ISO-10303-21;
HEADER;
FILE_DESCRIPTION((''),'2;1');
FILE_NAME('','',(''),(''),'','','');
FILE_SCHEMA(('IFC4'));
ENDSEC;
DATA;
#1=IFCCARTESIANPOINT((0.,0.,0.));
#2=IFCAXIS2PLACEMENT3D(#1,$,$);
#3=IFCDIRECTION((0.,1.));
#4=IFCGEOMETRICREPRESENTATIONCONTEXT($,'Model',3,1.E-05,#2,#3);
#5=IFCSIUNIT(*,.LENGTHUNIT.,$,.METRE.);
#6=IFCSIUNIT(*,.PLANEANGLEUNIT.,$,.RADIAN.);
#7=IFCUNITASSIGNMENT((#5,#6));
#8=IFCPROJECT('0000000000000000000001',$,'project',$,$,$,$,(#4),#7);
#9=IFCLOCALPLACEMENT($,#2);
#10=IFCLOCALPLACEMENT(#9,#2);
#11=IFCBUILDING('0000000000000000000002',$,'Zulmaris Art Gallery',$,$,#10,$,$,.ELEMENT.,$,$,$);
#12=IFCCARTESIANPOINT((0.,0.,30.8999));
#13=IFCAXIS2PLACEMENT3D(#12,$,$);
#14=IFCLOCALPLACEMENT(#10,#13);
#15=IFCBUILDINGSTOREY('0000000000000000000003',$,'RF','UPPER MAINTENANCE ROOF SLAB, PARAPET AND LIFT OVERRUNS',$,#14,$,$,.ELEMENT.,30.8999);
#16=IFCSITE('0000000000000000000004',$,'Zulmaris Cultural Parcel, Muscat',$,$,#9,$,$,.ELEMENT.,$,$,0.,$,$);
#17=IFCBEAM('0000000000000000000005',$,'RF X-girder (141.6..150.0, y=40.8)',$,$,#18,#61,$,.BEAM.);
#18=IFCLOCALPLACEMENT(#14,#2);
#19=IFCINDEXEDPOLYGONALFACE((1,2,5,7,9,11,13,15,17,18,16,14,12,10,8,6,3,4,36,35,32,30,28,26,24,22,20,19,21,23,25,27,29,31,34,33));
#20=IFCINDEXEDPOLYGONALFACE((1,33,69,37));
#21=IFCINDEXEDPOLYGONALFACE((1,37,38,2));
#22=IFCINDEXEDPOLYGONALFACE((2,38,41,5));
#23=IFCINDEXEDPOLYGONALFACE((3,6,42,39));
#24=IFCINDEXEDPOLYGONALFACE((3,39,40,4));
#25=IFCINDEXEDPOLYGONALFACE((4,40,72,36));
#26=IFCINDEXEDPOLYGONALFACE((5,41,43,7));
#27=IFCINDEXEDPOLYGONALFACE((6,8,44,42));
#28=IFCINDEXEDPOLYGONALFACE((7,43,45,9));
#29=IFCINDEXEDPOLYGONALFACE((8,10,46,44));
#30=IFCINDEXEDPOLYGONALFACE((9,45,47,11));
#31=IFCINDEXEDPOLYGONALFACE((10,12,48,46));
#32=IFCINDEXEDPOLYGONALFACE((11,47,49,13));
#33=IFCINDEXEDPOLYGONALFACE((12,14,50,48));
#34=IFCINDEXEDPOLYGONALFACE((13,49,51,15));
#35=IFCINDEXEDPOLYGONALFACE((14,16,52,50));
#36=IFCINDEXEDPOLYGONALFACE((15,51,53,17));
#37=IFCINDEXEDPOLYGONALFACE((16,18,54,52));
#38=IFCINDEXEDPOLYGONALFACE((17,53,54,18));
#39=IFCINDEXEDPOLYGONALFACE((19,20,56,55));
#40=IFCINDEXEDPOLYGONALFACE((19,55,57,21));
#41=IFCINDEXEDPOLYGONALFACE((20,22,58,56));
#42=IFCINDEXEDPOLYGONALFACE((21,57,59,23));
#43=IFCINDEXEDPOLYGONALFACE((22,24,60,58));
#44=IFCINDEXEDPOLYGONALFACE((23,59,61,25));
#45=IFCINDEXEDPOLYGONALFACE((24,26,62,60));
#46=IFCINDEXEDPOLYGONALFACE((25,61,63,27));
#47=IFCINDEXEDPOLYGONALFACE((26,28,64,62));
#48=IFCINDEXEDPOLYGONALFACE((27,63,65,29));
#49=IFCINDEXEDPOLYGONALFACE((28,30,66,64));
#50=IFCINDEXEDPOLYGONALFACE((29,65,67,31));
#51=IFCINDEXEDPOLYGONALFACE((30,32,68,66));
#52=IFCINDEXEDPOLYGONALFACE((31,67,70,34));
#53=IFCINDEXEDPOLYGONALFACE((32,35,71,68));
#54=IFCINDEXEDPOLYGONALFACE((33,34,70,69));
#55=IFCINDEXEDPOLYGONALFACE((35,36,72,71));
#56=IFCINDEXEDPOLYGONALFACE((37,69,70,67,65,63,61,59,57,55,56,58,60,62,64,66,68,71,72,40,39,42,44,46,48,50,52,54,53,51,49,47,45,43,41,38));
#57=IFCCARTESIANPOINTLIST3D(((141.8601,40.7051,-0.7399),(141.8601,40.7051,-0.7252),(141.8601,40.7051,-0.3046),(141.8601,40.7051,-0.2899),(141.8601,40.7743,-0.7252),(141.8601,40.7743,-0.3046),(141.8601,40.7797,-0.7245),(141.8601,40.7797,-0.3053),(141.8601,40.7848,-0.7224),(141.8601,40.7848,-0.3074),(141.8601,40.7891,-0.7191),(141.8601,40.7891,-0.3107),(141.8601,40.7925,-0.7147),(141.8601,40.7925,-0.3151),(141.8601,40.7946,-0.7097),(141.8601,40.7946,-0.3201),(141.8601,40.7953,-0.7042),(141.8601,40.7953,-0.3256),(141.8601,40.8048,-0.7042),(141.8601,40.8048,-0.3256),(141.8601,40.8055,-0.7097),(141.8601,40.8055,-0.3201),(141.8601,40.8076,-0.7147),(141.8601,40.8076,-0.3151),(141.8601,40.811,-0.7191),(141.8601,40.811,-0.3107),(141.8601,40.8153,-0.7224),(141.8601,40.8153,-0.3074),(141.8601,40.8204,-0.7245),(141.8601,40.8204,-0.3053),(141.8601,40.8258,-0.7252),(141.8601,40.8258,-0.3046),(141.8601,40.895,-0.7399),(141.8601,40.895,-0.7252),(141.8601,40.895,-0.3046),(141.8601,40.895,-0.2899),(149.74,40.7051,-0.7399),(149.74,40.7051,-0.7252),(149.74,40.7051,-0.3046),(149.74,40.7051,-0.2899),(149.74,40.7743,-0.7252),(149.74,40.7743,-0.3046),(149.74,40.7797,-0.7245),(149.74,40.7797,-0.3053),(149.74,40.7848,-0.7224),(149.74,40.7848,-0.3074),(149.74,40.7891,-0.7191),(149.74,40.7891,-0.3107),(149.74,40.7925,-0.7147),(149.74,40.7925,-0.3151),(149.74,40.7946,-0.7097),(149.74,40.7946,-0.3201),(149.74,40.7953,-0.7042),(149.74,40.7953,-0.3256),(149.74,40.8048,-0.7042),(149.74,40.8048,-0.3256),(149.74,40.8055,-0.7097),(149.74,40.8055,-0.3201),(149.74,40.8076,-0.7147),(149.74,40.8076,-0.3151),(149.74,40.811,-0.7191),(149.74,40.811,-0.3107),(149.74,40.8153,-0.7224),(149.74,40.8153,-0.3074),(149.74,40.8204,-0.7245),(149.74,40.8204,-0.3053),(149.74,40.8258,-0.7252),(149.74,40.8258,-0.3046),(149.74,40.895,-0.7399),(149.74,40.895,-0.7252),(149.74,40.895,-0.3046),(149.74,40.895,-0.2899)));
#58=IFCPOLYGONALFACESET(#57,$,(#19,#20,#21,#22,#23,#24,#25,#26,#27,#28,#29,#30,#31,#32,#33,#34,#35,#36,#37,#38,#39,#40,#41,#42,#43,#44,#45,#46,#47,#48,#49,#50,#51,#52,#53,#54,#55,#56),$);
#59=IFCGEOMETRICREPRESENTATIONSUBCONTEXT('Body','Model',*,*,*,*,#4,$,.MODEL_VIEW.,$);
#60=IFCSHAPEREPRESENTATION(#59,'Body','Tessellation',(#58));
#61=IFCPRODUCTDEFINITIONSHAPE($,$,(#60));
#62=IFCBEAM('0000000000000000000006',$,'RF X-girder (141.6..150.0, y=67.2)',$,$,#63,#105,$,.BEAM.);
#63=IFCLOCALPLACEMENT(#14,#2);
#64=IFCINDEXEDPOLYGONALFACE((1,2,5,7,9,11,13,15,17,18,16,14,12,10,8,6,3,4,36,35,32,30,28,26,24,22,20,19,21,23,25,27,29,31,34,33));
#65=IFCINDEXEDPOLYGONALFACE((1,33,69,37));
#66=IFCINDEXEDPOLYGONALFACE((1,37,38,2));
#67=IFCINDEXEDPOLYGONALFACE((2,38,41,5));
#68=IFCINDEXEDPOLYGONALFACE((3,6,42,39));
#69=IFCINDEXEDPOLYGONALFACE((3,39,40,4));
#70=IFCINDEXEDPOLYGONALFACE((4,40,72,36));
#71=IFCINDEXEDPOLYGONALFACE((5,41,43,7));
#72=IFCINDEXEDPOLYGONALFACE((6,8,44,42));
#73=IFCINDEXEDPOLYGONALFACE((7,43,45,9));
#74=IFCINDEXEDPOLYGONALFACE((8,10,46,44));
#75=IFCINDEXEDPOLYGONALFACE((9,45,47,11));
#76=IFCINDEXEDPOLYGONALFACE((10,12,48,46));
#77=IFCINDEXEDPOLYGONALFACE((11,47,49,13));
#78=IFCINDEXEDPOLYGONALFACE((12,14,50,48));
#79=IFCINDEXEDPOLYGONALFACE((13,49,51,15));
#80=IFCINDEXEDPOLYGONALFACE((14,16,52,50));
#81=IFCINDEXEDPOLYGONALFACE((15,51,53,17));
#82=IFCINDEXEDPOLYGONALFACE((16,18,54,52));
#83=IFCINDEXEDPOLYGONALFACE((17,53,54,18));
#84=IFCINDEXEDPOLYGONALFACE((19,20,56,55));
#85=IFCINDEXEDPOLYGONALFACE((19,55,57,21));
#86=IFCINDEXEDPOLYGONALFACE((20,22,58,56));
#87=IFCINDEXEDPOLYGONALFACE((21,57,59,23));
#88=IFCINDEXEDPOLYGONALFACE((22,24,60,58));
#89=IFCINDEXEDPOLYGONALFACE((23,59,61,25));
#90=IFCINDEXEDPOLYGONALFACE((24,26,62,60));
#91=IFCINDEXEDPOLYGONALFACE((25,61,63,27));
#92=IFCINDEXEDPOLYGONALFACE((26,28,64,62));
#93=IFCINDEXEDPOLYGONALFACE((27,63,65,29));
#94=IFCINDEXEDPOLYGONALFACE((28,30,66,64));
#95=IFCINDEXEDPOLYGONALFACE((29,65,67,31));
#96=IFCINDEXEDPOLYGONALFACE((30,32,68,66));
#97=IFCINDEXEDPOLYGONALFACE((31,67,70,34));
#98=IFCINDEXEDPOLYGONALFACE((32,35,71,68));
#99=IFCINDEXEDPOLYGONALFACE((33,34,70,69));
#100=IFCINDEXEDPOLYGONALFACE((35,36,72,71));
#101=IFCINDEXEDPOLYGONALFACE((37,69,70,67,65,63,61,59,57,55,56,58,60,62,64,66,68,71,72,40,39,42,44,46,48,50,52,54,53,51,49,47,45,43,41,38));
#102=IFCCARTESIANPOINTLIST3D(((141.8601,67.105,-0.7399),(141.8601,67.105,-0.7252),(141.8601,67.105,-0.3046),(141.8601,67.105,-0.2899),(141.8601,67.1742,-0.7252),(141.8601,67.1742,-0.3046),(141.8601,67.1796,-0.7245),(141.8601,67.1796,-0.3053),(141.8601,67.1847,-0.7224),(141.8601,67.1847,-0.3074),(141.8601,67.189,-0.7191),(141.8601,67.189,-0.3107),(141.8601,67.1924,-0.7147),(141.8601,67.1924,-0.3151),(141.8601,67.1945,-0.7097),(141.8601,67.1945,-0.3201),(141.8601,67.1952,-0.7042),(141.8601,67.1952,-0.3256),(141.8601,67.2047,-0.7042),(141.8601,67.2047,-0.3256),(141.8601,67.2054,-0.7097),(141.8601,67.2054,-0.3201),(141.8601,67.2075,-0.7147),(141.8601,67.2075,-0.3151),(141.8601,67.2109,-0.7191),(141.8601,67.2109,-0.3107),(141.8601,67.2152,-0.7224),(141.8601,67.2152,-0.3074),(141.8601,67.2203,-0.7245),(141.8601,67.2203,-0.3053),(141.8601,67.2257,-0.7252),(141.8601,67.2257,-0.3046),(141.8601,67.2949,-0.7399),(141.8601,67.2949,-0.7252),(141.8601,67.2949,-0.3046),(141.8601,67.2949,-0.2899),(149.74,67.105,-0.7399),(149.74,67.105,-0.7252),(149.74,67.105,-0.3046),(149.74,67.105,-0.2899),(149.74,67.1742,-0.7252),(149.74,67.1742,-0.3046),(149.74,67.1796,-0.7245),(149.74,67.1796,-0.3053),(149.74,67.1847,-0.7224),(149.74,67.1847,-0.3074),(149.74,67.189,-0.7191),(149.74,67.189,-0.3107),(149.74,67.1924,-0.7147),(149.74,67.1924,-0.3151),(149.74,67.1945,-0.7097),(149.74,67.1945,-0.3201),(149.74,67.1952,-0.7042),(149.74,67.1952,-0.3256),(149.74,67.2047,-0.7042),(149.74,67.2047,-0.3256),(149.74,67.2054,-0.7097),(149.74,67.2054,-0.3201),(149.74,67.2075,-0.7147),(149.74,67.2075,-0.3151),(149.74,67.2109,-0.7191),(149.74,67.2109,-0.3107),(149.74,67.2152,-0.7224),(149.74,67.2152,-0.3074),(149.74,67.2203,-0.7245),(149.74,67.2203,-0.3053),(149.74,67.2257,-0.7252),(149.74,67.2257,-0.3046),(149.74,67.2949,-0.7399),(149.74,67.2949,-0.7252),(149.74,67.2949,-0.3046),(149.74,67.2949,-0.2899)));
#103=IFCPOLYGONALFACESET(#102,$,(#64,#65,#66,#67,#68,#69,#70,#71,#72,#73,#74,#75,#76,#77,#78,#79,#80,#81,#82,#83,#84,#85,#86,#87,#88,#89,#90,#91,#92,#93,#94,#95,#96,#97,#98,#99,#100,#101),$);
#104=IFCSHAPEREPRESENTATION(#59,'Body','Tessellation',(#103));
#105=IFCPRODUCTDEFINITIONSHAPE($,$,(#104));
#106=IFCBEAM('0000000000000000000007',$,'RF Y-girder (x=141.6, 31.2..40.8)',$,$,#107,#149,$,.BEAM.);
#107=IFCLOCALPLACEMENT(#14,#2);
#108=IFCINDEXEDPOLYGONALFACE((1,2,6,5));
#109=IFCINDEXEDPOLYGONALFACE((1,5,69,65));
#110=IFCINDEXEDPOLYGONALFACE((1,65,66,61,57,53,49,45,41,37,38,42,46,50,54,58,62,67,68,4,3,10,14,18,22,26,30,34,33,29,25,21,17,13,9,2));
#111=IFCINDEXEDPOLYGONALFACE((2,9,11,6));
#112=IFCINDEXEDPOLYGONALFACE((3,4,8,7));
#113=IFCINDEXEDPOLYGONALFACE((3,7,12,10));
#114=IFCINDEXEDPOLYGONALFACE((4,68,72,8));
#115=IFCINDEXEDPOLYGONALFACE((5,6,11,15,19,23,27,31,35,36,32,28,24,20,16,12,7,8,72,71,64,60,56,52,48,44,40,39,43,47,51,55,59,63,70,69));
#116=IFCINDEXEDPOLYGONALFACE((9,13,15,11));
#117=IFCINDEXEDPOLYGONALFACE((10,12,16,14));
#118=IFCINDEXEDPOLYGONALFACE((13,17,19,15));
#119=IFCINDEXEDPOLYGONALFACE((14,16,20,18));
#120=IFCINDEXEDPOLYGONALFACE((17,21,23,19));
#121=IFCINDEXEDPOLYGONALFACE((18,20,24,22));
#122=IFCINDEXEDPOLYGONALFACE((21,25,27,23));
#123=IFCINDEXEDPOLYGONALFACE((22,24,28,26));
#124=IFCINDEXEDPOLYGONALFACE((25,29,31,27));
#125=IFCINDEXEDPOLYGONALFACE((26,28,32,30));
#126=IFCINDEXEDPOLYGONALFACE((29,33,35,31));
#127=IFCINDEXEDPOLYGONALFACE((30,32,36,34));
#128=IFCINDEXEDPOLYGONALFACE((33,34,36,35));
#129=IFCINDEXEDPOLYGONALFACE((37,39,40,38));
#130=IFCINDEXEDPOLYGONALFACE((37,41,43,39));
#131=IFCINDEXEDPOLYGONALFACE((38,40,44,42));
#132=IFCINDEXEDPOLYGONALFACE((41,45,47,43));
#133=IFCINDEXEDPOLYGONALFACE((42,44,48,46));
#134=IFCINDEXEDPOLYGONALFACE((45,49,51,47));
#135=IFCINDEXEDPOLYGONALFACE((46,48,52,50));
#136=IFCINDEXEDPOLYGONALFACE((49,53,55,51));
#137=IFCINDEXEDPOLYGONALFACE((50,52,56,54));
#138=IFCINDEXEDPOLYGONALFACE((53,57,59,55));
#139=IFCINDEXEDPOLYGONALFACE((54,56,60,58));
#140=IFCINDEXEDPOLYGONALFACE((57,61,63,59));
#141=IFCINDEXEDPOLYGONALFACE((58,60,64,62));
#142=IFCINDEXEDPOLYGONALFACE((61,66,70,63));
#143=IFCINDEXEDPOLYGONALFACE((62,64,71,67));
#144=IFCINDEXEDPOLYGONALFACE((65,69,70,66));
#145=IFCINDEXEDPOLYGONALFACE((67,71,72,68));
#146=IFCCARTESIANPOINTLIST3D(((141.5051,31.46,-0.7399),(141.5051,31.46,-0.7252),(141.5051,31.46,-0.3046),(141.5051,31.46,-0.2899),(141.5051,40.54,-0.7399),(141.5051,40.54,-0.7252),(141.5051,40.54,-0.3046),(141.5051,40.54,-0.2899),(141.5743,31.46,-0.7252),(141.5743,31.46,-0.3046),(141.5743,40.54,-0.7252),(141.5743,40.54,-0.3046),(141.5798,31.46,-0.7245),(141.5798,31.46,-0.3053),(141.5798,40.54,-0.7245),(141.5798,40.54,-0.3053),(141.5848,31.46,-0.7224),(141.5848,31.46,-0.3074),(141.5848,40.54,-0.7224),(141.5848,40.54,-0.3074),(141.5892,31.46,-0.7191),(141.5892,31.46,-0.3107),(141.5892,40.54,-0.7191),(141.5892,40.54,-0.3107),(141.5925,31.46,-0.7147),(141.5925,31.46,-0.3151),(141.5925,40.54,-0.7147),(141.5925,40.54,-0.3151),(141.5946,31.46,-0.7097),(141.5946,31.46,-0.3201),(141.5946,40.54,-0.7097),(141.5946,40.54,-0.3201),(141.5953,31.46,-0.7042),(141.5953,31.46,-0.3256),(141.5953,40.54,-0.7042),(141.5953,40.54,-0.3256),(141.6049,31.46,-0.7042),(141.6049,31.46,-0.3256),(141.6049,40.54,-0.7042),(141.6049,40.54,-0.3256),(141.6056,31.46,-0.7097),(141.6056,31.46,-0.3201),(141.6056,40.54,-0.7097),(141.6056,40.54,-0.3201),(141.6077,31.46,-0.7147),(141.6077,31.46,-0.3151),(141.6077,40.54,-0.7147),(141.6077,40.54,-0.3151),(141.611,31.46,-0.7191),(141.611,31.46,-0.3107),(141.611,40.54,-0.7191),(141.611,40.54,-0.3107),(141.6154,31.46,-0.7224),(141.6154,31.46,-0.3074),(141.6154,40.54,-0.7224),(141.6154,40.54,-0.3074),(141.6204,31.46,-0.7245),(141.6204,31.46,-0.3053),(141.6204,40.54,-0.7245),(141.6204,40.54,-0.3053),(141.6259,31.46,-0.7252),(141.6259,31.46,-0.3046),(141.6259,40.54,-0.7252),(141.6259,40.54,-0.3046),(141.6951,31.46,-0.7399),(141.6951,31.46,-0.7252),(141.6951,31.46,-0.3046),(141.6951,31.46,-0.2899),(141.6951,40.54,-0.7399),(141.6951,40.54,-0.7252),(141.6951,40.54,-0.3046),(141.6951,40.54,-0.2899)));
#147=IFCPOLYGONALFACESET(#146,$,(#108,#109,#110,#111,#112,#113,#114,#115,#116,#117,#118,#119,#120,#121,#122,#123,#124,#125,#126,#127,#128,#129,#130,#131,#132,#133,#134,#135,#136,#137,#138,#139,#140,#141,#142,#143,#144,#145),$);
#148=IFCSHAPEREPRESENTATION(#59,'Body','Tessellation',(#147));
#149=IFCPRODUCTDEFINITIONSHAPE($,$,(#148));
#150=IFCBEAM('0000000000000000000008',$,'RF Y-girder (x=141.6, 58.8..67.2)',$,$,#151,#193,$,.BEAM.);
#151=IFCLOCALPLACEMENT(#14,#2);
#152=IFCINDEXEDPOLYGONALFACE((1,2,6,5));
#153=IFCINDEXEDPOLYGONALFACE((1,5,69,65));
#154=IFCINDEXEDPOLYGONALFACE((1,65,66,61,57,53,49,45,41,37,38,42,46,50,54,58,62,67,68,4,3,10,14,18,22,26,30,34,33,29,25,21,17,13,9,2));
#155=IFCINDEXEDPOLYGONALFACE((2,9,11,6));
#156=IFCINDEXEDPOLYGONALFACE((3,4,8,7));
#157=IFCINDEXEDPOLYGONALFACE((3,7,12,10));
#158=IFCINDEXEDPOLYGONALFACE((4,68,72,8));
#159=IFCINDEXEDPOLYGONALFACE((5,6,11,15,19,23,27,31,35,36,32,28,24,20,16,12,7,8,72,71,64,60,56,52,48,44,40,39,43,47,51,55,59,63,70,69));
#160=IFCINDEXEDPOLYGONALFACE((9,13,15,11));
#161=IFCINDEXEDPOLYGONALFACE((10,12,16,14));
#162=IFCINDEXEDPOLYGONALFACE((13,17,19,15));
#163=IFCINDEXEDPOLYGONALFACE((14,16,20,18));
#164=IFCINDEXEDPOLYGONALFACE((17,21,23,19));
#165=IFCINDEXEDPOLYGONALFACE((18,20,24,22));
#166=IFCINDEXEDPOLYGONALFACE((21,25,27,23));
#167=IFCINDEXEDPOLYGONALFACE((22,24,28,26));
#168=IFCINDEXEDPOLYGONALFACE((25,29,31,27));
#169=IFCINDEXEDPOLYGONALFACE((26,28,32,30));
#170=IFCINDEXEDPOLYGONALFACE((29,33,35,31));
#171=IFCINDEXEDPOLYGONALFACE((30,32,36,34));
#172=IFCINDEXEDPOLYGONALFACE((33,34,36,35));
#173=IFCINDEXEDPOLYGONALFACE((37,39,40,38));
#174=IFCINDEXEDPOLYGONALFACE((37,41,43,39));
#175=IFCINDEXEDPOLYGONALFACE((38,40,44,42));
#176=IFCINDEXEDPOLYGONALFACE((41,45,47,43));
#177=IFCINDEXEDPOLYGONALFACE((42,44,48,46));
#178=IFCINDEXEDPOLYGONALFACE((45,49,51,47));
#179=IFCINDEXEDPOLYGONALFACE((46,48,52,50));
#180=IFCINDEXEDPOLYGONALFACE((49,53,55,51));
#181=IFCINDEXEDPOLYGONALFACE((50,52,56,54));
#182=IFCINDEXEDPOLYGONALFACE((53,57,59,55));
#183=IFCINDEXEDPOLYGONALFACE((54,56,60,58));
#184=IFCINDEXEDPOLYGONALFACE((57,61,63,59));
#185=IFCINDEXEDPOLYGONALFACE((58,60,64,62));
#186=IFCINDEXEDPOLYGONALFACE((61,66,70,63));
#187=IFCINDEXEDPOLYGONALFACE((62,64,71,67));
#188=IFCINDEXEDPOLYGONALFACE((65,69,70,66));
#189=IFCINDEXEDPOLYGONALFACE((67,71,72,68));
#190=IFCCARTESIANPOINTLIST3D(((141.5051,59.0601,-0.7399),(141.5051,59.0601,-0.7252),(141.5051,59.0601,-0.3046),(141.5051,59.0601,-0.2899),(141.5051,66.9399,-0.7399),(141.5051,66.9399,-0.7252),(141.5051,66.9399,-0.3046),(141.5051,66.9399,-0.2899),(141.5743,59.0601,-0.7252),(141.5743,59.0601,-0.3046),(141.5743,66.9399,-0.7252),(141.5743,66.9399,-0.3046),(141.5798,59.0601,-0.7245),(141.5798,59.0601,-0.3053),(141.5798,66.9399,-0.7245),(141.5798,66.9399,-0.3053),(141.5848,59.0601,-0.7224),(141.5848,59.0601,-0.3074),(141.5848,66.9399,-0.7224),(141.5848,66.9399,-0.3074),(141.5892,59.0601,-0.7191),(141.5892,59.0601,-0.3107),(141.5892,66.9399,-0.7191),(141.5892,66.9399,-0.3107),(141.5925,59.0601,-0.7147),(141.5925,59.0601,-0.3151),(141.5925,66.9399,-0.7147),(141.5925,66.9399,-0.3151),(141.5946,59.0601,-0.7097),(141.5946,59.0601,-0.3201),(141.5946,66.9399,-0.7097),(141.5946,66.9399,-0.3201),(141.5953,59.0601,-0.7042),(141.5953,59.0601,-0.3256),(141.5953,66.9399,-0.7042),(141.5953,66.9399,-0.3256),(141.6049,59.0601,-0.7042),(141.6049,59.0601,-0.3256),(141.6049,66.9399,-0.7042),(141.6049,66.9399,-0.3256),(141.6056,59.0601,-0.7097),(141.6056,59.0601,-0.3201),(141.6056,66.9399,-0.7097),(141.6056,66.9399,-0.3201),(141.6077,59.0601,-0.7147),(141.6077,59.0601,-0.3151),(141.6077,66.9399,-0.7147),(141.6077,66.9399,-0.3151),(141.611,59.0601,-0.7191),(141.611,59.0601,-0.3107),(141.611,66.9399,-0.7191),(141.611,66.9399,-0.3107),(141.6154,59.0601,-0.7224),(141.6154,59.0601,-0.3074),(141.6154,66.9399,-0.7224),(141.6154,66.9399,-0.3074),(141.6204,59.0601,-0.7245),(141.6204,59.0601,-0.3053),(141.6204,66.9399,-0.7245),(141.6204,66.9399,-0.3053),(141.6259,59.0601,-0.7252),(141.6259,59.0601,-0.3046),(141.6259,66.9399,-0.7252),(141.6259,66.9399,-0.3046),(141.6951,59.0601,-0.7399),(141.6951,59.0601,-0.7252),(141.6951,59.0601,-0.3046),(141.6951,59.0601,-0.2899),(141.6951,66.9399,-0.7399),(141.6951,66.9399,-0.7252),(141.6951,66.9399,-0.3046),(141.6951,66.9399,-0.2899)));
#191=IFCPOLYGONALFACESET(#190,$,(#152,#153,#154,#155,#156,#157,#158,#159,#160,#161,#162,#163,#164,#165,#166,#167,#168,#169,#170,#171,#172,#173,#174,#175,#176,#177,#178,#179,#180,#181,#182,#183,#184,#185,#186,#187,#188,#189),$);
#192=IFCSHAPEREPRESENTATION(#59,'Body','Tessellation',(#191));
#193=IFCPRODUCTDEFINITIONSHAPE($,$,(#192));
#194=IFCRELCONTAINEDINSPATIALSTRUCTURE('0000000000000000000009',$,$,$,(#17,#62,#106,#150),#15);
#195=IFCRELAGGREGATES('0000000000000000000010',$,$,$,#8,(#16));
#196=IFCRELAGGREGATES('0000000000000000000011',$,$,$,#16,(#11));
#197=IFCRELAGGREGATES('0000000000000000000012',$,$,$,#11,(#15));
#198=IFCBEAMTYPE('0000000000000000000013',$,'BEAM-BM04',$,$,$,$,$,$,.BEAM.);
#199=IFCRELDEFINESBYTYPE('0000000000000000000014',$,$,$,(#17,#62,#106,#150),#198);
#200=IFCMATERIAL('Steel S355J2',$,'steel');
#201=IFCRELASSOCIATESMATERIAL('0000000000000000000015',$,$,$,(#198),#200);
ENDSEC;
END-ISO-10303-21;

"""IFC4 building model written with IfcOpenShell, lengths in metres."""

from ifc_helpers import new_model, si_unit, direction, frame, origin, origin_2d, place, context, subcontext, project, spatial, i_section, extrude, material, material_profile, profile_set, type_object, element, save


model = new_model("IFC4")

# Units and contexts
model_context = context("Model", 3, precision=1e-05, world=origin(), true_north=direction((0.0, 1.0)))
body_context = subcontext(model_context, "Body", "Model", "MODEL_VIEW")
ifc_project = project(units=[si_unit("LENGTHUNIT", "METRE"), si_unit("PLANEANGLEUNIT", "RADIAN")], contexts=[model_context])

# Site, building, storey
site_placement = place(None, origin())
site = spatial("IfcSite", under=ifc_project, at=site_placement, Name="Zulmaris Cultural Parcel, Muscat", CompositionType="ELEMENT", RefElevation=0.0)
building_placement = place(site_placement, origin())
building = spatial("IfcBuilding", under=site, at=building_placement, Name="Zulmaris Art Gallery", CompositionType="ELEMENT")
storey_placement = place(building_placement, frame((0.0, 0.0, 30.8999)))
storey = spatial("IfcBuildingStorey", under=building, at=storey_placement, Name="RF", Description="UPPER MAINTENANCE ROOF SLAB, PARAPET AND LIFT OVERRUNS", CompositionType="ELEMENT", Elevation=30.8999)

# Beams
ifc_material_1 = material(Name="Steel S355J2", Category="steel")
ifc_material_profile_1 = material_profile(ifc_material_1, i_section(OverallWidth=0.1899, OverallDepth=0.45, WebThickness=0.0095, FlangeThickness=0.0146, FilletRadius=0.021, at=origin_2d()), Name="IPE 450")
ifc_profile_set_1 = profile_set([ifc_material_profile_1], Name="Steel S355J2")
beam_type_1 = type_object("IfcBeamType", Name="BEAM-BM04", PredefinedType="BEAM", material=ifc_profile_set_1)
for number, where, z_axis, x_axis, name in (
    (1, (141.8601, 40.8, -0.5149), (1.0, 0.0, 0.0), (0.0, 1.0, 0.0), "RF X-girder (141.6..150.0, y=40.8)"),
    (2, (141.8601, 67.2, -0.5149), (1.0, 0.0, 0.0), (0.0, 1.0, 0.0), "RF X-girder (141.6..150.0, y=67.2)"),
):
    element("IfcBeam", number, at=place(storey_placement, frame(where, z_axis=z_axis, x_axis=x_axis)), inside=storey, type_object=beam_type_1, Name=name, PredefinedType="BEAM", context=body_context, shape_type="SweptSolid", body=[
        extrude(i_section(OverallWidth=0.1899, OverallDepth=0.45, WebThickness=0.0095, FlangeThickness=0.0146, FilletRadius=0.021, at=origin_2d()), origin(), (0.0, 0.0, 1.0), 7.8799),
    ])
beam_1_placement = place(storey_placement, frame((141.6001, 31.46, -0.5149), z_axis=(0.0, 1.0, 0.0), x_axis=(-1.0, 0.0, 0.0)))
element("IfcBeam", 3, at=beam_1_placement, inside=storey, type_object=beam_type_1, Name="RF Y-girder (x=141.6, 31.2..40.8)", PredefinedType="BEAM", context=body_context, shape_type="SweptSolid", body=[
    extrude(i_section(OverallWidth=0.1899, OverallDepth=0.45, WebThickness=0.0095, FlangeThickness=0.0146, FilletRadius=0.021, at=origin_2d()), origin(), (0.0, 0.0, 1.0), 9.0801),
])
beam_2_placement = place(storey_placement, frame((141.6001, 59.0601, -0.5149), z_axis=(0.0, 1.0, 0.0), x_axis=(-1.0, 0.0, 0.0)))
element("IfcBeam", 4, at=beam_2_placement, inside=storey, type_object=beam_type_1, Name="RF Y-girder (x=141.6, 58.8..67.2)", PredefinedType="BEAM", context=body_context, shape_type="SweptSolid", body=[
    extrude(i_section(OverallWidth=0.1899, OverallDepth=0.45, WebThickness=0.0095, FlangeThickness=0.0146, FilletRadius=0.021, at=origin_2d()), origin(), (0.0, 0.0, 1.0), 7.8799),
])

save(model, "model.ifc")
